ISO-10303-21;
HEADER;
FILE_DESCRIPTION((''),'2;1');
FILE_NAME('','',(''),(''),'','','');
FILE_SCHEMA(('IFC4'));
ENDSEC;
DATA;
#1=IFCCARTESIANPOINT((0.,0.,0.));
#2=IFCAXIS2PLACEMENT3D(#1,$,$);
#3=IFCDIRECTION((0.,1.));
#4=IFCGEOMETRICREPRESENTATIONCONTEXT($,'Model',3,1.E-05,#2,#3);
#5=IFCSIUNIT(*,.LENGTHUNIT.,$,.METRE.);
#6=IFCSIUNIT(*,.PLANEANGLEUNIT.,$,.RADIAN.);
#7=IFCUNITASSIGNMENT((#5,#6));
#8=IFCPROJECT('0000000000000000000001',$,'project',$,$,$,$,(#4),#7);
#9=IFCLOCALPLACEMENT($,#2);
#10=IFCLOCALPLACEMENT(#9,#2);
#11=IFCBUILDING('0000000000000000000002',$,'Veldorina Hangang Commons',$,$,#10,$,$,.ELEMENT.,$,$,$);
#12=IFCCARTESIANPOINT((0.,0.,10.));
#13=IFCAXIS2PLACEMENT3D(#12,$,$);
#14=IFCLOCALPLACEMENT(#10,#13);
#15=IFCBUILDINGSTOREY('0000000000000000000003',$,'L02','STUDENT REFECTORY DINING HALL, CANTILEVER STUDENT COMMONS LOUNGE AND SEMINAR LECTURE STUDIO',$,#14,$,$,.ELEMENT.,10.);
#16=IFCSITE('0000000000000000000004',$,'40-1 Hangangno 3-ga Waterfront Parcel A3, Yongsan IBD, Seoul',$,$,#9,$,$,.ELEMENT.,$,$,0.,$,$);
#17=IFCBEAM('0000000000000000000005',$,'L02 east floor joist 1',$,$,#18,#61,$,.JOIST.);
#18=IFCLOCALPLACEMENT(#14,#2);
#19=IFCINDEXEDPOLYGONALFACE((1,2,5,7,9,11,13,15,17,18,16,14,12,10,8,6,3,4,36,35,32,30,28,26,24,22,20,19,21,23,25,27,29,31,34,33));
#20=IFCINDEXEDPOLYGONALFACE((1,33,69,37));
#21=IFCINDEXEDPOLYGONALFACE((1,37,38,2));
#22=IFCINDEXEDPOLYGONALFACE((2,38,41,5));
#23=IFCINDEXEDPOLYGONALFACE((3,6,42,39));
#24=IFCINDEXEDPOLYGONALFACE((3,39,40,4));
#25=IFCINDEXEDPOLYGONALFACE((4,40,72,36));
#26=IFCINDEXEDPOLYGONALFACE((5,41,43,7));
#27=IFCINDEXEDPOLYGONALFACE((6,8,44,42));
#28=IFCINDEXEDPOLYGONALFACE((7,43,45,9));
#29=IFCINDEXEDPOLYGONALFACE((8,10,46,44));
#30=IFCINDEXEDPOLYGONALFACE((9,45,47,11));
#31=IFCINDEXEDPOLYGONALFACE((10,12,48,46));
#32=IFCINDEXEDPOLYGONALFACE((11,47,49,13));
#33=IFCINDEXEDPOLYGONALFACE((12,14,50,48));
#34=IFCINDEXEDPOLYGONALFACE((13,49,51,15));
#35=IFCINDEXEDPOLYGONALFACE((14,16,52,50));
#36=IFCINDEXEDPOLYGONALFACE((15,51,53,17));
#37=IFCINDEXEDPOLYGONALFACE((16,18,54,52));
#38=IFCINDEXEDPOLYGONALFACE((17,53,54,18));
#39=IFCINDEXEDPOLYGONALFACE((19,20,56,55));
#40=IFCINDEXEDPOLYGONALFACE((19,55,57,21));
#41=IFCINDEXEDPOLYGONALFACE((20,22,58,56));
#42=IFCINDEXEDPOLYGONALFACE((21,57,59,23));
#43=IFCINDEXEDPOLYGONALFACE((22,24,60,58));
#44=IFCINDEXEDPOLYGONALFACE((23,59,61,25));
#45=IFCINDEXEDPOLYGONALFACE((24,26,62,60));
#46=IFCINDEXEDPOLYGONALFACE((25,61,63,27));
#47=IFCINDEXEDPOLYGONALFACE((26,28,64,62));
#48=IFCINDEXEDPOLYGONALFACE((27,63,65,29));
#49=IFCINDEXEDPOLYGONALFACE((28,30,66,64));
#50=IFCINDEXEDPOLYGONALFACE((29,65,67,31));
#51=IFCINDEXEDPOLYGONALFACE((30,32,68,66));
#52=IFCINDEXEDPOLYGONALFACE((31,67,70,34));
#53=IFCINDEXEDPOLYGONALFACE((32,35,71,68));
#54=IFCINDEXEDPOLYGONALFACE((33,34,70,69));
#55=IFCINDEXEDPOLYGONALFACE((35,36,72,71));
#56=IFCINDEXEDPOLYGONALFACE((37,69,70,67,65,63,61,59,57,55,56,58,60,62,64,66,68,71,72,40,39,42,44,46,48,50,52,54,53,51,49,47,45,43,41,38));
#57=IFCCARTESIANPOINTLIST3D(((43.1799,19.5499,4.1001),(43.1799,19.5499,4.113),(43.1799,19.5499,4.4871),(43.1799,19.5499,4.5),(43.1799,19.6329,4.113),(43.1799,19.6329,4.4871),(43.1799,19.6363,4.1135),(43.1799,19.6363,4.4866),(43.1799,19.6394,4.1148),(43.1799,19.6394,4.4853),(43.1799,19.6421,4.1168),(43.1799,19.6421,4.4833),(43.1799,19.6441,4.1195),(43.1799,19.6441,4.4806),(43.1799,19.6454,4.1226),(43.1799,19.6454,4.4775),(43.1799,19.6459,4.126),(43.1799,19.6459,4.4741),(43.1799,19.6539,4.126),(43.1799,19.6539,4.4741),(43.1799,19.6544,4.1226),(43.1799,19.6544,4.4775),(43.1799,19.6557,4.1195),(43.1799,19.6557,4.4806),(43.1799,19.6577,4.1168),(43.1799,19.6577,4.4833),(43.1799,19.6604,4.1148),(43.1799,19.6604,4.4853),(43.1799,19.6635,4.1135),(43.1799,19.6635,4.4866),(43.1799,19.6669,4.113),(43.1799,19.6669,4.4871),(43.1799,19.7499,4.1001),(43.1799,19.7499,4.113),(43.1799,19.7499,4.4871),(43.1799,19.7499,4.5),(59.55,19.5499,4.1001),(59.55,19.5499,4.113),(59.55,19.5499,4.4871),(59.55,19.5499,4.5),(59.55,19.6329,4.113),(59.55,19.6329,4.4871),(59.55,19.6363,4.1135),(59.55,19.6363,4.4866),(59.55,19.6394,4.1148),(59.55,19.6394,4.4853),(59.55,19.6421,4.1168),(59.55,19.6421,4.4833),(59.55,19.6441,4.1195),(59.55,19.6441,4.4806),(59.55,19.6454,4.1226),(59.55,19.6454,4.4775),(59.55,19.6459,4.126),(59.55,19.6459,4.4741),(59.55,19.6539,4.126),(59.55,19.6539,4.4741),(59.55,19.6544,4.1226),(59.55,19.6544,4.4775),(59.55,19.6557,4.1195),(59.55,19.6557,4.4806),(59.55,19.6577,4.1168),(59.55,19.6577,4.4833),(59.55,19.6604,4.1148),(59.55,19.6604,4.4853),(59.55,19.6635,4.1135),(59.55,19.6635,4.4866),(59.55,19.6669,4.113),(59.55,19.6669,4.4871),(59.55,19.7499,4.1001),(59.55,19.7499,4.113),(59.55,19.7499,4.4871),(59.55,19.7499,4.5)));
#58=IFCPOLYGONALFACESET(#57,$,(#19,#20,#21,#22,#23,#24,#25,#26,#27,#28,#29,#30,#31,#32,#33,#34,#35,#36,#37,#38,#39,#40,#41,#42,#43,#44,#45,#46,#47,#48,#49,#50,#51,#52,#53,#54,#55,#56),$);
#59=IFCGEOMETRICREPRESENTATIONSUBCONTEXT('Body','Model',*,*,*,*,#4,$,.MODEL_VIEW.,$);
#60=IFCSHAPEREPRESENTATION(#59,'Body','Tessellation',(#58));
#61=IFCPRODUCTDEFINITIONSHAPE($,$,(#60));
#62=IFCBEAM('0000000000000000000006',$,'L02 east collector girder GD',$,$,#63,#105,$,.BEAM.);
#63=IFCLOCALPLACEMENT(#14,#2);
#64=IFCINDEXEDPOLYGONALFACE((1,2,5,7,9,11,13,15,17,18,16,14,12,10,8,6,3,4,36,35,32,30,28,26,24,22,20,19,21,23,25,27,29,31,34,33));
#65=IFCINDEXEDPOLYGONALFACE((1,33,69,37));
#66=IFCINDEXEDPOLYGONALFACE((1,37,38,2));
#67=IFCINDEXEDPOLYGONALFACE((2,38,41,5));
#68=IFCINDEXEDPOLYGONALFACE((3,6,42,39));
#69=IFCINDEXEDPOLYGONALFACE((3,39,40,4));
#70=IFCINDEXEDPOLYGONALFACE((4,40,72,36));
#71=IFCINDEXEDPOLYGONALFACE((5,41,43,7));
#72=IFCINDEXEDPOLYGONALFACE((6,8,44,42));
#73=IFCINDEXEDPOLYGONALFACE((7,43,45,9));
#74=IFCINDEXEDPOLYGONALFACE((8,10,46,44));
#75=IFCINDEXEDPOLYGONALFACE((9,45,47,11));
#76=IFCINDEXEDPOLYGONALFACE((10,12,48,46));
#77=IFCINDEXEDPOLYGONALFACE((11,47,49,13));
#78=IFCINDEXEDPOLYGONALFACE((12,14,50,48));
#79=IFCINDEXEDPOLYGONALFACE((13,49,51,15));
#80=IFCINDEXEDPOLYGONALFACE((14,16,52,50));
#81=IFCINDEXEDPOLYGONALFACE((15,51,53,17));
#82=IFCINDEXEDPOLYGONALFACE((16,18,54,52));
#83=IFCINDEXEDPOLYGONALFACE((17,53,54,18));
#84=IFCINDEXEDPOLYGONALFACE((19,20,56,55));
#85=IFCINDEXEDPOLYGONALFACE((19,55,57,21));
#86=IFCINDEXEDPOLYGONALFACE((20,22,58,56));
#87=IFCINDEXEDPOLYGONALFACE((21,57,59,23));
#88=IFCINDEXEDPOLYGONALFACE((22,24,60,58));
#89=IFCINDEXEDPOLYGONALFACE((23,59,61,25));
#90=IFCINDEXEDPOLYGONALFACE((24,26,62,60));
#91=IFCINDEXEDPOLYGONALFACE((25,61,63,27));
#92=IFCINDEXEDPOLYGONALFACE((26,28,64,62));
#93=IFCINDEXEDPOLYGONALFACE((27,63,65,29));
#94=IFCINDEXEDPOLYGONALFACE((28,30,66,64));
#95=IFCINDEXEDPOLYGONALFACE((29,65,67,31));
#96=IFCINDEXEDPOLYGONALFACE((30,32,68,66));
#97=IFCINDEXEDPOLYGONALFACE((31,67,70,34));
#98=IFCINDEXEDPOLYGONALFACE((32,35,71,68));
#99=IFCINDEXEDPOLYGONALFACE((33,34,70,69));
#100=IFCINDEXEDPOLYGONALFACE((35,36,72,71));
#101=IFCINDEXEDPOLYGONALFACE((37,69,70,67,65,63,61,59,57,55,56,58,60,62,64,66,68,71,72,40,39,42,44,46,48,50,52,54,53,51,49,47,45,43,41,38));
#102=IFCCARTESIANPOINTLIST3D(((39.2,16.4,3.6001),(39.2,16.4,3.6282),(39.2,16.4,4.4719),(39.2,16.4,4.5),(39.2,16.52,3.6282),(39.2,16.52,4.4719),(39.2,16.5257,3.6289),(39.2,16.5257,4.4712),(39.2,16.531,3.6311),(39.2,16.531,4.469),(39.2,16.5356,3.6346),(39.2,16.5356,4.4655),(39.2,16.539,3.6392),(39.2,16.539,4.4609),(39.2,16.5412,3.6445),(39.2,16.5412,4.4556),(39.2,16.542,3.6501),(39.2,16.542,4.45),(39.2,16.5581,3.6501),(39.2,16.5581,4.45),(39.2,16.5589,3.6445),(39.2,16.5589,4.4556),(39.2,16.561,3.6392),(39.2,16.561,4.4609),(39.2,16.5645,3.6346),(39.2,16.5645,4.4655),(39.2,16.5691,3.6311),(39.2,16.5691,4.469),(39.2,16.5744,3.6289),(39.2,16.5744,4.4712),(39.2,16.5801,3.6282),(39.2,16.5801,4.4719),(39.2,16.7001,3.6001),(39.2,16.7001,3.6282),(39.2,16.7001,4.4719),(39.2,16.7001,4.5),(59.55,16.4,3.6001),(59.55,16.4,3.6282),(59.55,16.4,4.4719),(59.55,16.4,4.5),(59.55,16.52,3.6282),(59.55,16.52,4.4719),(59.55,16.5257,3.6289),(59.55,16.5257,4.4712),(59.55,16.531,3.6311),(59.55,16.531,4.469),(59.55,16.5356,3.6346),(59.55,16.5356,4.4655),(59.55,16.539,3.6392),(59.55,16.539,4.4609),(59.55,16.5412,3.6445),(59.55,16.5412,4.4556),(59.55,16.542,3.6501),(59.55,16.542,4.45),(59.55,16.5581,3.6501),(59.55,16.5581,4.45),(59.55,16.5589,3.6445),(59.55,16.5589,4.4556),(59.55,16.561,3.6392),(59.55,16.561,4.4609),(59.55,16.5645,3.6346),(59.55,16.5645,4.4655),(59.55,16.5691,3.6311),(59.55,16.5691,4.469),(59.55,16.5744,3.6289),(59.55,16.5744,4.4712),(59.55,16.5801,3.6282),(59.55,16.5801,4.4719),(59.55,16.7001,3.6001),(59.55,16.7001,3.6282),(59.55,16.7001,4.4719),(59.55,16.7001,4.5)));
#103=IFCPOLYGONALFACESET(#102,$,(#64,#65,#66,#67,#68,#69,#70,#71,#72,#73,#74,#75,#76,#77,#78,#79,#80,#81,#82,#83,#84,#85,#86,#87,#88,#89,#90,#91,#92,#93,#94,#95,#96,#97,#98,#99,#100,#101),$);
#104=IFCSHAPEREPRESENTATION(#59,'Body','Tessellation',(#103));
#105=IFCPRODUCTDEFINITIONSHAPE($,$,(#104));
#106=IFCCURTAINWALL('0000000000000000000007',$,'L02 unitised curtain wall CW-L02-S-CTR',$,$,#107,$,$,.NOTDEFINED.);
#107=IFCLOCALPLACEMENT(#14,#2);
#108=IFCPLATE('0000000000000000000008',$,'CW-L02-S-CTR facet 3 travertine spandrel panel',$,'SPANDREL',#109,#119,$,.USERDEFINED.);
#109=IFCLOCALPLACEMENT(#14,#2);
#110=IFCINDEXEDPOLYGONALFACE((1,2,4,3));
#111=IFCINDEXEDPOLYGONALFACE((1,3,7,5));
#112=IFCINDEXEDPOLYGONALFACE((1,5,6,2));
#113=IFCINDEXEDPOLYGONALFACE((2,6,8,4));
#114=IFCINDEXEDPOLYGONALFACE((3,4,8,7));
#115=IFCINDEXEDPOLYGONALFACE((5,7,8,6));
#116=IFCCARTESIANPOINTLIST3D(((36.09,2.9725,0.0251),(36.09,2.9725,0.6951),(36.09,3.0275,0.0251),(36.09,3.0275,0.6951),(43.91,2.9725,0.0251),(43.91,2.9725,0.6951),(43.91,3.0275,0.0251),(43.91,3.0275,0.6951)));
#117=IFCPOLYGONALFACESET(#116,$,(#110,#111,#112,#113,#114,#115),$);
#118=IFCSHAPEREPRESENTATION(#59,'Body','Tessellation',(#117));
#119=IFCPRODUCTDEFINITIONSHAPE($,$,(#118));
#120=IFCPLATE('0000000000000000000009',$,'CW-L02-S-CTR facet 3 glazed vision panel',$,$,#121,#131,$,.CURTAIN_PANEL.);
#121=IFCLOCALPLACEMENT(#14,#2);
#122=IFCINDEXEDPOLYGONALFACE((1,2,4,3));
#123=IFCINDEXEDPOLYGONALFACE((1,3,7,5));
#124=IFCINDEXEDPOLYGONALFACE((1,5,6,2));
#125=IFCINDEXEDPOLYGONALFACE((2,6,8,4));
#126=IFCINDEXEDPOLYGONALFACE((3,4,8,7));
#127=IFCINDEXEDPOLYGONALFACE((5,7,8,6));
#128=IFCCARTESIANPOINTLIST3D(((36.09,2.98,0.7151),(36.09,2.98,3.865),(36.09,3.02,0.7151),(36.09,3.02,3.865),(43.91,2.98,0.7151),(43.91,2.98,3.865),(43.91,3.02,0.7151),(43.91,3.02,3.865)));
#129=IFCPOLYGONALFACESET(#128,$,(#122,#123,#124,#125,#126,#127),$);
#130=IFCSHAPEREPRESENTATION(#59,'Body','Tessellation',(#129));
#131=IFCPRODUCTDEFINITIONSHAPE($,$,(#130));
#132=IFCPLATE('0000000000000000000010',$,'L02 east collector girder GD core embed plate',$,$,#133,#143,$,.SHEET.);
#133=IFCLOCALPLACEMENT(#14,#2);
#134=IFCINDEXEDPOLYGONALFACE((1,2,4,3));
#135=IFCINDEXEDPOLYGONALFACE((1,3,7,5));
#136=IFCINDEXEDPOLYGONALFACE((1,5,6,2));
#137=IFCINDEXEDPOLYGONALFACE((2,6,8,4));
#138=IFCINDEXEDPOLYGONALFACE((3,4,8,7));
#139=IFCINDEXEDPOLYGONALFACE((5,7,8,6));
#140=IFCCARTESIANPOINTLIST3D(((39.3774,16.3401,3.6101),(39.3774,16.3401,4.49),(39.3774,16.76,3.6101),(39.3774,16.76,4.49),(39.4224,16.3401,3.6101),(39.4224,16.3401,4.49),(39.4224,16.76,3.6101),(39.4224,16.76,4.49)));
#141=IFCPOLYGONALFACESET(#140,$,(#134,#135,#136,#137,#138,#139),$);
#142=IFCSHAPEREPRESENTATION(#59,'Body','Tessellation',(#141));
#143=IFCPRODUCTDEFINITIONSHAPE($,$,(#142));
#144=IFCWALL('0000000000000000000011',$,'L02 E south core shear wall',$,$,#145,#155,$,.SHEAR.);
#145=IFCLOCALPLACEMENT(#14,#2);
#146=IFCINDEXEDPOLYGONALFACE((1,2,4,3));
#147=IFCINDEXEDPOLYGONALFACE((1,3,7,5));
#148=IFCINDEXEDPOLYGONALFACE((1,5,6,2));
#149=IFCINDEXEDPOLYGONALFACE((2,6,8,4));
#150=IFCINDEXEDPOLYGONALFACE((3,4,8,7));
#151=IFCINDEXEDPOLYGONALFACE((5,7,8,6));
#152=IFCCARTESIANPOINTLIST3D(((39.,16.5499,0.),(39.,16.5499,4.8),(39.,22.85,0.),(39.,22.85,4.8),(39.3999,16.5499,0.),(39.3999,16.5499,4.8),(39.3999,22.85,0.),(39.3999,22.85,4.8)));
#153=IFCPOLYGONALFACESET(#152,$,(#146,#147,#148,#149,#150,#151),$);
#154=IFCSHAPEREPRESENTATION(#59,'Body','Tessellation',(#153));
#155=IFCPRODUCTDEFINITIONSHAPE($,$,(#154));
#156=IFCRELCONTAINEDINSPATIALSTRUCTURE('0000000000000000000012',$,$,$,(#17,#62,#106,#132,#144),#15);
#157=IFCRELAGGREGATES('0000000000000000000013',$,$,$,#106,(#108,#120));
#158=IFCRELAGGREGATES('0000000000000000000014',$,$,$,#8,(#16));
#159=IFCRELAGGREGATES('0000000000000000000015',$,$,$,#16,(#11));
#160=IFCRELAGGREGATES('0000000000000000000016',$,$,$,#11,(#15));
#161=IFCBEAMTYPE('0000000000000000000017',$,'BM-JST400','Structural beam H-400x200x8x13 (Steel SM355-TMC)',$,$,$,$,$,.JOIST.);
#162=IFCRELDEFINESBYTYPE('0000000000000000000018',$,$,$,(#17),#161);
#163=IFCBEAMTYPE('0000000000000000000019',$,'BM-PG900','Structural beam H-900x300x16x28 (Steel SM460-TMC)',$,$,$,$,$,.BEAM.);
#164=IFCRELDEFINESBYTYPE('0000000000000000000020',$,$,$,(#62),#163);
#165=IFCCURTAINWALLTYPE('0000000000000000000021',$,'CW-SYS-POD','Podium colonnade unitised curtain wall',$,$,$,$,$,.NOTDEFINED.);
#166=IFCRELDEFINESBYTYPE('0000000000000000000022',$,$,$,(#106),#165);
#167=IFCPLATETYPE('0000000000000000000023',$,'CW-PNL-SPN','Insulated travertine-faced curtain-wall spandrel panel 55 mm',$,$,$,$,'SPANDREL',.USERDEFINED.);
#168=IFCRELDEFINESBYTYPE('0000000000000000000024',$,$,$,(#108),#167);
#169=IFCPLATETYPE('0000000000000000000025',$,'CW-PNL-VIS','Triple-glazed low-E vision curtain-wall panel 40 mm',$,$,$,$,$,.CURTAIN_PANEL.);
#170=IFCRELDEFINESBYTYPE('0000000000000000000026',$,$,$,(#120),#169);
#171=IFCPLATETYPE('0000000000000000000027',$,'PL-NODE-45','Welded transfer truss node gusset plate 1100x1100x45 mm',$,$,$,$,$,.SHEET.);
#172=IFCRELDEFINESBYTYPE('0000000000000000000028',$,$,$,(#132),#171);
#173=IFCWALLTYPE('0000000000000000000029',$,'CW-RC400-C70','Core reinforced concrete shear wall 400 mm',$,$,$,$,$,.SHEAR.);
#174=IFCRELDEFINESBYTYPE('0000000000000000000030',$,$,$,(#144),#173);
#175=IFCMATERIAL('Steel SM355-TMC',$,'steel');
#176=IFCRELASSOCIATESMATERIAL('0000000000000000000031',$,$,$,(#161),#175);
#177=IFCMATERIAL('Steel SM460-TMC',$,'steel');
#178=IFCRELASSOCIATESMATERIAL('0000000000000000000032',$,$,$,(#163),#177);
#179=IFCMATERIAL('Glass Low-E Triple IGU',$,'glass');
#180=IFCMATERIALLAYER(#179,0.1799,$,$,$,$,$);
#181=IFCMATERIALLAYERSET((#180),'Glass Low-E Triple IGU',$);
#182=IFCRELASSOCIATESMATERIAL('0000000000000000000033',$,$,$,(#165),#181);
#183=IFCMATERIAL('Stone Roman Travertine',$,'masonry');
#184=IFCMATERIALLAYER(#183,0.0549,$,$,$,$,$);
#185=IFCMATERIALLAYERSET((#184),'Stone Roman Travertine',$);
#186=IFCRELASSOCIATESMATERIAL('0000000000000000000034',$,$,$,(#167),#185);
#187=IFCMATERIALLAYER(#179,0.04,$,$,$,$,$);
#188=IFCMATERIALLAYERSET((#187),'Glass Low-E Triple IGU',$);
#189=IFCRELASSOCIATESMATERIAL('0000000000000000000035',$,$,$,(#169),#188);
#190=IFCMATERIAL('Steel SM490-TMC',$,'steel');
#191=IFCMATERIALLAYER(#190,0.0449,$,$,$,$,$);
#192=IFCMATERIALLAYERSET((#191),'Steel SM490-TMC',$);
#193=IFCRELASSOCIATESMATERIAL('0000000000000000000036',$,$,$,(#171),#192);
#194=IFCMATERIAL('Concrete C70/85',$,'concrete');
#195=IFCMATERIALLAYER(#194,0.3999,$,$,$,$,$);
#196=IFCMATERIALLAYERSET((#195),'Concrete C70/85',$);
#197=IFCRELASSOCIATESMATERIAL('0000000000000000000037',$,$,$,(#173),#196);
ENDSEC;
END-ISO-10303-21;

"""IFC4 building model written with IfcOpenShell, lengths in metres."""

from ifc_helpers import new_model, si_unit, direction, frame, frame_2d, origin, origin_2d, place, context, subcontext, project, spatial, rectangle, i_section, extrude, material, layer, layer_set, material_profile, profile_set, type_object, element, aggregate, save


model = new_model("IFC4")

# Units and contexts
model_context = context("Model", 3, precision=1e-05, world=origin(), true_north=direction((0.0, 1.0)))
body_context = subcontext(model_context, "Body", "Model", "MODEL_VIEW")
ifc_project = project(units=[si_unit("LENGTHUNIT", "METRE"), si_unit("PLANEANGLEUNIT", "RADIAN")], contexts=[model_context])

# Site, building, storey
site_placement = place(None, origin())
site = spatial("IfcSite", under=ifc_project, at=site_placement, Name="40-1 Hangangno 3-ga Waterfront Parcel A3, Yongsan IBD, Seoul", CompositionType="ELEMENT", RefElevation=0.0)
building_placement = place(site_placement, origin())
building = spatial("IfcBuilding", under=site, at=building_placement, Name="Veldorina Hangang Commons", CompositionType="ELEMENT")
storey_placement = place(building_placement, frame((0.0, 0.0, 10.0)))
storey = spatial("IfcBuildingStorey", under=building, at=storey_placement, Name="L02", Description="STUDENT REFECTORY DINING HALL, CANTILEVER STUDENT COMMONS LOUNGE AND SEMINAR LECTURE STUDIO", CompositionType="ELEMENT", Elevation=10.0)

# Shared definitions
ifc_material_1 = material(Name="Steel SM490-TMC", Category="steel")

# Beams
ifc_material_2 = material(Name="Steel SM355-TMC", Category="steel")
ifc_material_profile_1 = material_profile(ifc_material_2, i_section(OverallWidth=0.2, OverallDepth=0.3999, WebThickness=0.0081, FlangeThickness=0.0129, FilletRadius=0.0129, at=origin_2d()), Name="H-400x200x8x13")
ifc_profile_set_1 = profile_set([ifc_material_profile_1], Name="Steel SM355-TMC")
beam_type_1 = type_object("IfcBeamType", Name="BM-JST400", Description="Structural beam H-400x200x8x13 (Steel SM355-TMC)", PredefinedType="JOIST", material=ifc_profile_set_1)
beam_1_placement = place(storey_placement, frame((43.1799, 19.6499, 4.3), z_axis=(1.0, 0.0, 0.0), x_axis=(0.0, 1.0, 0.0)))
element("IfcBeam", 1, at=beam_1_placement, inside=storey, type_object=beam_type_1, Name="L02 east floor joist 1", PredefinedType="JOIST", context=body_context, shape_type="SweptSolid", body=[
    extrude(i_section(OverallWidth=0.2, OverallDepth=0.3999, WebThickness=0.0081, FlangeThickness=0.0129, FilletRadius=0.0129, at=origin_2d()), origin(), (0.0, 0.0, 1.0), 16.3701),
])
ifc_material_3 = material(Name="Steel SM460-TMC", Category="steel")
ifc_material_profile_2 = material_profile(ifc_material_3, i_section(OverallWidth=0.3, OverallDepth=0.8999, WebThickness=0.0161, FlangeThickness=0.0281, FilletRadius=0.022, at=origin_2d()), Name="H-900x300x16x28")
ifc_profile_set_2 = profile_set([ifc_material_profile_2], Name="Steel SM460-TMC")
beam_type_2 = type_object("IfcBeamType", Name="BM-PG900", Description="Structural beam H-900x300x16x28 (Steel SM460-TMC)", PredefinedType="BEAM", material=ifc_profile_set_2)
beam_2_placement = place(storey_placement, frame((39.2, 16.55, 4.05), z_axis=(1.0, 0.0, 0.0), x_axis=(0.0, 1.0, 0.0)))
element("IfcBeam", 2, at=beam_2_placement, inside=storey, type_object=beam_type_2, Name="L02 east collector girder GD", PredefinedType="BEAM", context=body_context, shape_type="SweptSolid", body=[
    extrude(i_section(OverallWidth=0.3, OverallDepth=0.8999, WebThickness=0.0161, FlangeThickness=0.0281, FilletRadius=0.022, at=origin_2d()), origin(), (0.0, 0.0, 1.0), 20.3501),
])

# Curtain wall, plates
ifc_material_4 = material(Name="Glass Low-E Triple IGU", Category="glass")
ifc_layer_1 = layer(ifc_material_4, 0.1799)
ifc_layer_set_1 = layer_set([ifc_layer_1], Name="Glass Low-E Triple IGU")
curtain_wall_type = type_object("IfcCurtainWallType", Name="CW-SYS-POD", Description="Podium colonnade unitised curtain wall", PredefinedType="NOTDEFINED", material=ifc_layer_set_1)
curtain_wall_placement = place(storey_placement, origin())
curtain_wall = element("IfcCurtainWall", 3, at=curtain_wall_placement, inside=storey, type_object=curtain_wall_type, Name="L02 unitised curtain wall CW-L02-S-CTR", PredefinedType="NOTDEFINED")
ifc_material_5 = material(Name="Stone Roman Travertine", Category="masonry")
ifc_layer_2 = layer(ifc_material_5, 0.0549)
ifc_layer_set_2 = layer_set([ifc_layer_2], Name="Stone Roman Travertine")
plate_type_1 = type_object("IfcPlateType", Name="CW-PNL-SPN", Description="Insulated travertine-faced curtain-wall spandrel panel 55 mm", ElementType="SPANDREL", PredefinedType="USERDEFINED", material=ifc_layer_set_2)
plate_1_placement = place(storey_placement, frame((40.0, 3.0, 0.0251), z_axis=(0.0, 0.0, 1.0), x_axis=(1.0, 0.0, 0.0)))
plate_1 = element("IfcPlate", 4, at=plate_1_placement, type_object=plate_type_1, Name="CW-L02-S-CTR facet 3 travertine spandrel panel", ObjectType="SPANDREL", PredefinedType="USERDEFINED", context=body_context, shape_type="SweptSolid", body=[
    extrude(rectangle(XDim=7.8201, YDim=0.0549, at=origin_2d()), origin(), (0.0, 0.0, 1.0), 0.6699),
])
ifc_layer_3 = layer(ifc_material_4, 0.04)
ifc_layer_set_3 = layer_set([ifc_layer_3], Name="Glass Low-E Triple IGU")
plate_type_2 = type_object("IfcPlateType", Name="CW-PNL-VIS", Description="Triple-glazed low-E vision curtain-wall panel 40 mm", PredefinedType="CURTAIN_PANEL", material=ifc_layer_set_3)
plate_2_placement = place(storey_placement, frame((40.0, 3.0, 0.7151), z_axis=(0.0, 0.0, 1.0), x_axis=(1.0, 0.0, 0.0)))
plate_2 = element("IfcPlate", 5, at=plate_2_placement, type_object=plate_type_2, Name="CW-L02-S-CTR facet 3 glazed vision panel", PredefinedType="CURTAIN_PANEL", context=body_context, shape_type="SweptSolid", body=[
    extrude(rectangle(XDim=7.8201, YDim=0.04, at=origin_2d()), origin(), (0.0, 0.0, 1.0), 3.1499),
])
aggregate(curtain_wall, [plate_1, plate_2])

# Plate
ifc_layer_4 = layer(ifc_material_1, 0.0449)
ifc_layer_set_4 = layer_set([ifc_layer_4], Name="Steel SM490-TMC")
plate_type_3 = type_object("IfcPlateType", Name="PL-NODE-45", Description="Welded transfer truss node gusset plate 1100x1100x45 mm", PredefinedType="SHEET", material=ifc_layer_set_4)
plate_3_placement = place(storey_placement, frame((39.3999, 16.55, 3.6101), z_axis=(0.0, 0.0, 1.0), x_axis=(1.0, 0.0, 0.0)))
element("IfcPlate", 6, at=plate_3_placement, inside=storey, type_object=plate_type_3, Name="L02 east collector girder GD core embed plate", PredefinedType="SHEET", context=body_context, shape_type="SweptSolid", body=[
    extrude(rectangle(XDim=0.0449, YDim=0.4199, at=origin_2d()), origin(), (0.0, 0.0, 1.0), 0.8799),
])

# Wall
ifc_material_6 = material(Name="Concrete C70/85", Category="concrete")
ifc_layer_5 = layer(ifc_material_6, 0.3999)
ifc_layer_set_5 = layer_set([ifc_layer_5], Name="Concrete C70/85")
wall_type_1 = type_object("IfcWallType", Name="CW-RC400-C70", Description="Core reinforced concrete shear wall 400 mm", PredefinedType="SHEAR", material=ifc_layer_set_5)
wall_1_placement = place(storey_placement, frame((39.2, 16.55, 0.0), z_axis=(0.0, 0.0, 1.0), x_axis=(0.0, 1.0, 0.0)))
element("IfcWall", 7, at=wall_1_placement, inside=storey, type_object=wall_type_1, Name="L02 E south core shear wall", PredefinedType="SHEAR", context=body_context, shape_type="SweptSolid", body=[
    extrude(rectangle(XDim=6.3, YDim=0.3999, at=frame_2d((3.1499, 0.0))), origin(), (0.0, 0.0, 1.0), 4.8),
])

save(model, "model.ifc")
